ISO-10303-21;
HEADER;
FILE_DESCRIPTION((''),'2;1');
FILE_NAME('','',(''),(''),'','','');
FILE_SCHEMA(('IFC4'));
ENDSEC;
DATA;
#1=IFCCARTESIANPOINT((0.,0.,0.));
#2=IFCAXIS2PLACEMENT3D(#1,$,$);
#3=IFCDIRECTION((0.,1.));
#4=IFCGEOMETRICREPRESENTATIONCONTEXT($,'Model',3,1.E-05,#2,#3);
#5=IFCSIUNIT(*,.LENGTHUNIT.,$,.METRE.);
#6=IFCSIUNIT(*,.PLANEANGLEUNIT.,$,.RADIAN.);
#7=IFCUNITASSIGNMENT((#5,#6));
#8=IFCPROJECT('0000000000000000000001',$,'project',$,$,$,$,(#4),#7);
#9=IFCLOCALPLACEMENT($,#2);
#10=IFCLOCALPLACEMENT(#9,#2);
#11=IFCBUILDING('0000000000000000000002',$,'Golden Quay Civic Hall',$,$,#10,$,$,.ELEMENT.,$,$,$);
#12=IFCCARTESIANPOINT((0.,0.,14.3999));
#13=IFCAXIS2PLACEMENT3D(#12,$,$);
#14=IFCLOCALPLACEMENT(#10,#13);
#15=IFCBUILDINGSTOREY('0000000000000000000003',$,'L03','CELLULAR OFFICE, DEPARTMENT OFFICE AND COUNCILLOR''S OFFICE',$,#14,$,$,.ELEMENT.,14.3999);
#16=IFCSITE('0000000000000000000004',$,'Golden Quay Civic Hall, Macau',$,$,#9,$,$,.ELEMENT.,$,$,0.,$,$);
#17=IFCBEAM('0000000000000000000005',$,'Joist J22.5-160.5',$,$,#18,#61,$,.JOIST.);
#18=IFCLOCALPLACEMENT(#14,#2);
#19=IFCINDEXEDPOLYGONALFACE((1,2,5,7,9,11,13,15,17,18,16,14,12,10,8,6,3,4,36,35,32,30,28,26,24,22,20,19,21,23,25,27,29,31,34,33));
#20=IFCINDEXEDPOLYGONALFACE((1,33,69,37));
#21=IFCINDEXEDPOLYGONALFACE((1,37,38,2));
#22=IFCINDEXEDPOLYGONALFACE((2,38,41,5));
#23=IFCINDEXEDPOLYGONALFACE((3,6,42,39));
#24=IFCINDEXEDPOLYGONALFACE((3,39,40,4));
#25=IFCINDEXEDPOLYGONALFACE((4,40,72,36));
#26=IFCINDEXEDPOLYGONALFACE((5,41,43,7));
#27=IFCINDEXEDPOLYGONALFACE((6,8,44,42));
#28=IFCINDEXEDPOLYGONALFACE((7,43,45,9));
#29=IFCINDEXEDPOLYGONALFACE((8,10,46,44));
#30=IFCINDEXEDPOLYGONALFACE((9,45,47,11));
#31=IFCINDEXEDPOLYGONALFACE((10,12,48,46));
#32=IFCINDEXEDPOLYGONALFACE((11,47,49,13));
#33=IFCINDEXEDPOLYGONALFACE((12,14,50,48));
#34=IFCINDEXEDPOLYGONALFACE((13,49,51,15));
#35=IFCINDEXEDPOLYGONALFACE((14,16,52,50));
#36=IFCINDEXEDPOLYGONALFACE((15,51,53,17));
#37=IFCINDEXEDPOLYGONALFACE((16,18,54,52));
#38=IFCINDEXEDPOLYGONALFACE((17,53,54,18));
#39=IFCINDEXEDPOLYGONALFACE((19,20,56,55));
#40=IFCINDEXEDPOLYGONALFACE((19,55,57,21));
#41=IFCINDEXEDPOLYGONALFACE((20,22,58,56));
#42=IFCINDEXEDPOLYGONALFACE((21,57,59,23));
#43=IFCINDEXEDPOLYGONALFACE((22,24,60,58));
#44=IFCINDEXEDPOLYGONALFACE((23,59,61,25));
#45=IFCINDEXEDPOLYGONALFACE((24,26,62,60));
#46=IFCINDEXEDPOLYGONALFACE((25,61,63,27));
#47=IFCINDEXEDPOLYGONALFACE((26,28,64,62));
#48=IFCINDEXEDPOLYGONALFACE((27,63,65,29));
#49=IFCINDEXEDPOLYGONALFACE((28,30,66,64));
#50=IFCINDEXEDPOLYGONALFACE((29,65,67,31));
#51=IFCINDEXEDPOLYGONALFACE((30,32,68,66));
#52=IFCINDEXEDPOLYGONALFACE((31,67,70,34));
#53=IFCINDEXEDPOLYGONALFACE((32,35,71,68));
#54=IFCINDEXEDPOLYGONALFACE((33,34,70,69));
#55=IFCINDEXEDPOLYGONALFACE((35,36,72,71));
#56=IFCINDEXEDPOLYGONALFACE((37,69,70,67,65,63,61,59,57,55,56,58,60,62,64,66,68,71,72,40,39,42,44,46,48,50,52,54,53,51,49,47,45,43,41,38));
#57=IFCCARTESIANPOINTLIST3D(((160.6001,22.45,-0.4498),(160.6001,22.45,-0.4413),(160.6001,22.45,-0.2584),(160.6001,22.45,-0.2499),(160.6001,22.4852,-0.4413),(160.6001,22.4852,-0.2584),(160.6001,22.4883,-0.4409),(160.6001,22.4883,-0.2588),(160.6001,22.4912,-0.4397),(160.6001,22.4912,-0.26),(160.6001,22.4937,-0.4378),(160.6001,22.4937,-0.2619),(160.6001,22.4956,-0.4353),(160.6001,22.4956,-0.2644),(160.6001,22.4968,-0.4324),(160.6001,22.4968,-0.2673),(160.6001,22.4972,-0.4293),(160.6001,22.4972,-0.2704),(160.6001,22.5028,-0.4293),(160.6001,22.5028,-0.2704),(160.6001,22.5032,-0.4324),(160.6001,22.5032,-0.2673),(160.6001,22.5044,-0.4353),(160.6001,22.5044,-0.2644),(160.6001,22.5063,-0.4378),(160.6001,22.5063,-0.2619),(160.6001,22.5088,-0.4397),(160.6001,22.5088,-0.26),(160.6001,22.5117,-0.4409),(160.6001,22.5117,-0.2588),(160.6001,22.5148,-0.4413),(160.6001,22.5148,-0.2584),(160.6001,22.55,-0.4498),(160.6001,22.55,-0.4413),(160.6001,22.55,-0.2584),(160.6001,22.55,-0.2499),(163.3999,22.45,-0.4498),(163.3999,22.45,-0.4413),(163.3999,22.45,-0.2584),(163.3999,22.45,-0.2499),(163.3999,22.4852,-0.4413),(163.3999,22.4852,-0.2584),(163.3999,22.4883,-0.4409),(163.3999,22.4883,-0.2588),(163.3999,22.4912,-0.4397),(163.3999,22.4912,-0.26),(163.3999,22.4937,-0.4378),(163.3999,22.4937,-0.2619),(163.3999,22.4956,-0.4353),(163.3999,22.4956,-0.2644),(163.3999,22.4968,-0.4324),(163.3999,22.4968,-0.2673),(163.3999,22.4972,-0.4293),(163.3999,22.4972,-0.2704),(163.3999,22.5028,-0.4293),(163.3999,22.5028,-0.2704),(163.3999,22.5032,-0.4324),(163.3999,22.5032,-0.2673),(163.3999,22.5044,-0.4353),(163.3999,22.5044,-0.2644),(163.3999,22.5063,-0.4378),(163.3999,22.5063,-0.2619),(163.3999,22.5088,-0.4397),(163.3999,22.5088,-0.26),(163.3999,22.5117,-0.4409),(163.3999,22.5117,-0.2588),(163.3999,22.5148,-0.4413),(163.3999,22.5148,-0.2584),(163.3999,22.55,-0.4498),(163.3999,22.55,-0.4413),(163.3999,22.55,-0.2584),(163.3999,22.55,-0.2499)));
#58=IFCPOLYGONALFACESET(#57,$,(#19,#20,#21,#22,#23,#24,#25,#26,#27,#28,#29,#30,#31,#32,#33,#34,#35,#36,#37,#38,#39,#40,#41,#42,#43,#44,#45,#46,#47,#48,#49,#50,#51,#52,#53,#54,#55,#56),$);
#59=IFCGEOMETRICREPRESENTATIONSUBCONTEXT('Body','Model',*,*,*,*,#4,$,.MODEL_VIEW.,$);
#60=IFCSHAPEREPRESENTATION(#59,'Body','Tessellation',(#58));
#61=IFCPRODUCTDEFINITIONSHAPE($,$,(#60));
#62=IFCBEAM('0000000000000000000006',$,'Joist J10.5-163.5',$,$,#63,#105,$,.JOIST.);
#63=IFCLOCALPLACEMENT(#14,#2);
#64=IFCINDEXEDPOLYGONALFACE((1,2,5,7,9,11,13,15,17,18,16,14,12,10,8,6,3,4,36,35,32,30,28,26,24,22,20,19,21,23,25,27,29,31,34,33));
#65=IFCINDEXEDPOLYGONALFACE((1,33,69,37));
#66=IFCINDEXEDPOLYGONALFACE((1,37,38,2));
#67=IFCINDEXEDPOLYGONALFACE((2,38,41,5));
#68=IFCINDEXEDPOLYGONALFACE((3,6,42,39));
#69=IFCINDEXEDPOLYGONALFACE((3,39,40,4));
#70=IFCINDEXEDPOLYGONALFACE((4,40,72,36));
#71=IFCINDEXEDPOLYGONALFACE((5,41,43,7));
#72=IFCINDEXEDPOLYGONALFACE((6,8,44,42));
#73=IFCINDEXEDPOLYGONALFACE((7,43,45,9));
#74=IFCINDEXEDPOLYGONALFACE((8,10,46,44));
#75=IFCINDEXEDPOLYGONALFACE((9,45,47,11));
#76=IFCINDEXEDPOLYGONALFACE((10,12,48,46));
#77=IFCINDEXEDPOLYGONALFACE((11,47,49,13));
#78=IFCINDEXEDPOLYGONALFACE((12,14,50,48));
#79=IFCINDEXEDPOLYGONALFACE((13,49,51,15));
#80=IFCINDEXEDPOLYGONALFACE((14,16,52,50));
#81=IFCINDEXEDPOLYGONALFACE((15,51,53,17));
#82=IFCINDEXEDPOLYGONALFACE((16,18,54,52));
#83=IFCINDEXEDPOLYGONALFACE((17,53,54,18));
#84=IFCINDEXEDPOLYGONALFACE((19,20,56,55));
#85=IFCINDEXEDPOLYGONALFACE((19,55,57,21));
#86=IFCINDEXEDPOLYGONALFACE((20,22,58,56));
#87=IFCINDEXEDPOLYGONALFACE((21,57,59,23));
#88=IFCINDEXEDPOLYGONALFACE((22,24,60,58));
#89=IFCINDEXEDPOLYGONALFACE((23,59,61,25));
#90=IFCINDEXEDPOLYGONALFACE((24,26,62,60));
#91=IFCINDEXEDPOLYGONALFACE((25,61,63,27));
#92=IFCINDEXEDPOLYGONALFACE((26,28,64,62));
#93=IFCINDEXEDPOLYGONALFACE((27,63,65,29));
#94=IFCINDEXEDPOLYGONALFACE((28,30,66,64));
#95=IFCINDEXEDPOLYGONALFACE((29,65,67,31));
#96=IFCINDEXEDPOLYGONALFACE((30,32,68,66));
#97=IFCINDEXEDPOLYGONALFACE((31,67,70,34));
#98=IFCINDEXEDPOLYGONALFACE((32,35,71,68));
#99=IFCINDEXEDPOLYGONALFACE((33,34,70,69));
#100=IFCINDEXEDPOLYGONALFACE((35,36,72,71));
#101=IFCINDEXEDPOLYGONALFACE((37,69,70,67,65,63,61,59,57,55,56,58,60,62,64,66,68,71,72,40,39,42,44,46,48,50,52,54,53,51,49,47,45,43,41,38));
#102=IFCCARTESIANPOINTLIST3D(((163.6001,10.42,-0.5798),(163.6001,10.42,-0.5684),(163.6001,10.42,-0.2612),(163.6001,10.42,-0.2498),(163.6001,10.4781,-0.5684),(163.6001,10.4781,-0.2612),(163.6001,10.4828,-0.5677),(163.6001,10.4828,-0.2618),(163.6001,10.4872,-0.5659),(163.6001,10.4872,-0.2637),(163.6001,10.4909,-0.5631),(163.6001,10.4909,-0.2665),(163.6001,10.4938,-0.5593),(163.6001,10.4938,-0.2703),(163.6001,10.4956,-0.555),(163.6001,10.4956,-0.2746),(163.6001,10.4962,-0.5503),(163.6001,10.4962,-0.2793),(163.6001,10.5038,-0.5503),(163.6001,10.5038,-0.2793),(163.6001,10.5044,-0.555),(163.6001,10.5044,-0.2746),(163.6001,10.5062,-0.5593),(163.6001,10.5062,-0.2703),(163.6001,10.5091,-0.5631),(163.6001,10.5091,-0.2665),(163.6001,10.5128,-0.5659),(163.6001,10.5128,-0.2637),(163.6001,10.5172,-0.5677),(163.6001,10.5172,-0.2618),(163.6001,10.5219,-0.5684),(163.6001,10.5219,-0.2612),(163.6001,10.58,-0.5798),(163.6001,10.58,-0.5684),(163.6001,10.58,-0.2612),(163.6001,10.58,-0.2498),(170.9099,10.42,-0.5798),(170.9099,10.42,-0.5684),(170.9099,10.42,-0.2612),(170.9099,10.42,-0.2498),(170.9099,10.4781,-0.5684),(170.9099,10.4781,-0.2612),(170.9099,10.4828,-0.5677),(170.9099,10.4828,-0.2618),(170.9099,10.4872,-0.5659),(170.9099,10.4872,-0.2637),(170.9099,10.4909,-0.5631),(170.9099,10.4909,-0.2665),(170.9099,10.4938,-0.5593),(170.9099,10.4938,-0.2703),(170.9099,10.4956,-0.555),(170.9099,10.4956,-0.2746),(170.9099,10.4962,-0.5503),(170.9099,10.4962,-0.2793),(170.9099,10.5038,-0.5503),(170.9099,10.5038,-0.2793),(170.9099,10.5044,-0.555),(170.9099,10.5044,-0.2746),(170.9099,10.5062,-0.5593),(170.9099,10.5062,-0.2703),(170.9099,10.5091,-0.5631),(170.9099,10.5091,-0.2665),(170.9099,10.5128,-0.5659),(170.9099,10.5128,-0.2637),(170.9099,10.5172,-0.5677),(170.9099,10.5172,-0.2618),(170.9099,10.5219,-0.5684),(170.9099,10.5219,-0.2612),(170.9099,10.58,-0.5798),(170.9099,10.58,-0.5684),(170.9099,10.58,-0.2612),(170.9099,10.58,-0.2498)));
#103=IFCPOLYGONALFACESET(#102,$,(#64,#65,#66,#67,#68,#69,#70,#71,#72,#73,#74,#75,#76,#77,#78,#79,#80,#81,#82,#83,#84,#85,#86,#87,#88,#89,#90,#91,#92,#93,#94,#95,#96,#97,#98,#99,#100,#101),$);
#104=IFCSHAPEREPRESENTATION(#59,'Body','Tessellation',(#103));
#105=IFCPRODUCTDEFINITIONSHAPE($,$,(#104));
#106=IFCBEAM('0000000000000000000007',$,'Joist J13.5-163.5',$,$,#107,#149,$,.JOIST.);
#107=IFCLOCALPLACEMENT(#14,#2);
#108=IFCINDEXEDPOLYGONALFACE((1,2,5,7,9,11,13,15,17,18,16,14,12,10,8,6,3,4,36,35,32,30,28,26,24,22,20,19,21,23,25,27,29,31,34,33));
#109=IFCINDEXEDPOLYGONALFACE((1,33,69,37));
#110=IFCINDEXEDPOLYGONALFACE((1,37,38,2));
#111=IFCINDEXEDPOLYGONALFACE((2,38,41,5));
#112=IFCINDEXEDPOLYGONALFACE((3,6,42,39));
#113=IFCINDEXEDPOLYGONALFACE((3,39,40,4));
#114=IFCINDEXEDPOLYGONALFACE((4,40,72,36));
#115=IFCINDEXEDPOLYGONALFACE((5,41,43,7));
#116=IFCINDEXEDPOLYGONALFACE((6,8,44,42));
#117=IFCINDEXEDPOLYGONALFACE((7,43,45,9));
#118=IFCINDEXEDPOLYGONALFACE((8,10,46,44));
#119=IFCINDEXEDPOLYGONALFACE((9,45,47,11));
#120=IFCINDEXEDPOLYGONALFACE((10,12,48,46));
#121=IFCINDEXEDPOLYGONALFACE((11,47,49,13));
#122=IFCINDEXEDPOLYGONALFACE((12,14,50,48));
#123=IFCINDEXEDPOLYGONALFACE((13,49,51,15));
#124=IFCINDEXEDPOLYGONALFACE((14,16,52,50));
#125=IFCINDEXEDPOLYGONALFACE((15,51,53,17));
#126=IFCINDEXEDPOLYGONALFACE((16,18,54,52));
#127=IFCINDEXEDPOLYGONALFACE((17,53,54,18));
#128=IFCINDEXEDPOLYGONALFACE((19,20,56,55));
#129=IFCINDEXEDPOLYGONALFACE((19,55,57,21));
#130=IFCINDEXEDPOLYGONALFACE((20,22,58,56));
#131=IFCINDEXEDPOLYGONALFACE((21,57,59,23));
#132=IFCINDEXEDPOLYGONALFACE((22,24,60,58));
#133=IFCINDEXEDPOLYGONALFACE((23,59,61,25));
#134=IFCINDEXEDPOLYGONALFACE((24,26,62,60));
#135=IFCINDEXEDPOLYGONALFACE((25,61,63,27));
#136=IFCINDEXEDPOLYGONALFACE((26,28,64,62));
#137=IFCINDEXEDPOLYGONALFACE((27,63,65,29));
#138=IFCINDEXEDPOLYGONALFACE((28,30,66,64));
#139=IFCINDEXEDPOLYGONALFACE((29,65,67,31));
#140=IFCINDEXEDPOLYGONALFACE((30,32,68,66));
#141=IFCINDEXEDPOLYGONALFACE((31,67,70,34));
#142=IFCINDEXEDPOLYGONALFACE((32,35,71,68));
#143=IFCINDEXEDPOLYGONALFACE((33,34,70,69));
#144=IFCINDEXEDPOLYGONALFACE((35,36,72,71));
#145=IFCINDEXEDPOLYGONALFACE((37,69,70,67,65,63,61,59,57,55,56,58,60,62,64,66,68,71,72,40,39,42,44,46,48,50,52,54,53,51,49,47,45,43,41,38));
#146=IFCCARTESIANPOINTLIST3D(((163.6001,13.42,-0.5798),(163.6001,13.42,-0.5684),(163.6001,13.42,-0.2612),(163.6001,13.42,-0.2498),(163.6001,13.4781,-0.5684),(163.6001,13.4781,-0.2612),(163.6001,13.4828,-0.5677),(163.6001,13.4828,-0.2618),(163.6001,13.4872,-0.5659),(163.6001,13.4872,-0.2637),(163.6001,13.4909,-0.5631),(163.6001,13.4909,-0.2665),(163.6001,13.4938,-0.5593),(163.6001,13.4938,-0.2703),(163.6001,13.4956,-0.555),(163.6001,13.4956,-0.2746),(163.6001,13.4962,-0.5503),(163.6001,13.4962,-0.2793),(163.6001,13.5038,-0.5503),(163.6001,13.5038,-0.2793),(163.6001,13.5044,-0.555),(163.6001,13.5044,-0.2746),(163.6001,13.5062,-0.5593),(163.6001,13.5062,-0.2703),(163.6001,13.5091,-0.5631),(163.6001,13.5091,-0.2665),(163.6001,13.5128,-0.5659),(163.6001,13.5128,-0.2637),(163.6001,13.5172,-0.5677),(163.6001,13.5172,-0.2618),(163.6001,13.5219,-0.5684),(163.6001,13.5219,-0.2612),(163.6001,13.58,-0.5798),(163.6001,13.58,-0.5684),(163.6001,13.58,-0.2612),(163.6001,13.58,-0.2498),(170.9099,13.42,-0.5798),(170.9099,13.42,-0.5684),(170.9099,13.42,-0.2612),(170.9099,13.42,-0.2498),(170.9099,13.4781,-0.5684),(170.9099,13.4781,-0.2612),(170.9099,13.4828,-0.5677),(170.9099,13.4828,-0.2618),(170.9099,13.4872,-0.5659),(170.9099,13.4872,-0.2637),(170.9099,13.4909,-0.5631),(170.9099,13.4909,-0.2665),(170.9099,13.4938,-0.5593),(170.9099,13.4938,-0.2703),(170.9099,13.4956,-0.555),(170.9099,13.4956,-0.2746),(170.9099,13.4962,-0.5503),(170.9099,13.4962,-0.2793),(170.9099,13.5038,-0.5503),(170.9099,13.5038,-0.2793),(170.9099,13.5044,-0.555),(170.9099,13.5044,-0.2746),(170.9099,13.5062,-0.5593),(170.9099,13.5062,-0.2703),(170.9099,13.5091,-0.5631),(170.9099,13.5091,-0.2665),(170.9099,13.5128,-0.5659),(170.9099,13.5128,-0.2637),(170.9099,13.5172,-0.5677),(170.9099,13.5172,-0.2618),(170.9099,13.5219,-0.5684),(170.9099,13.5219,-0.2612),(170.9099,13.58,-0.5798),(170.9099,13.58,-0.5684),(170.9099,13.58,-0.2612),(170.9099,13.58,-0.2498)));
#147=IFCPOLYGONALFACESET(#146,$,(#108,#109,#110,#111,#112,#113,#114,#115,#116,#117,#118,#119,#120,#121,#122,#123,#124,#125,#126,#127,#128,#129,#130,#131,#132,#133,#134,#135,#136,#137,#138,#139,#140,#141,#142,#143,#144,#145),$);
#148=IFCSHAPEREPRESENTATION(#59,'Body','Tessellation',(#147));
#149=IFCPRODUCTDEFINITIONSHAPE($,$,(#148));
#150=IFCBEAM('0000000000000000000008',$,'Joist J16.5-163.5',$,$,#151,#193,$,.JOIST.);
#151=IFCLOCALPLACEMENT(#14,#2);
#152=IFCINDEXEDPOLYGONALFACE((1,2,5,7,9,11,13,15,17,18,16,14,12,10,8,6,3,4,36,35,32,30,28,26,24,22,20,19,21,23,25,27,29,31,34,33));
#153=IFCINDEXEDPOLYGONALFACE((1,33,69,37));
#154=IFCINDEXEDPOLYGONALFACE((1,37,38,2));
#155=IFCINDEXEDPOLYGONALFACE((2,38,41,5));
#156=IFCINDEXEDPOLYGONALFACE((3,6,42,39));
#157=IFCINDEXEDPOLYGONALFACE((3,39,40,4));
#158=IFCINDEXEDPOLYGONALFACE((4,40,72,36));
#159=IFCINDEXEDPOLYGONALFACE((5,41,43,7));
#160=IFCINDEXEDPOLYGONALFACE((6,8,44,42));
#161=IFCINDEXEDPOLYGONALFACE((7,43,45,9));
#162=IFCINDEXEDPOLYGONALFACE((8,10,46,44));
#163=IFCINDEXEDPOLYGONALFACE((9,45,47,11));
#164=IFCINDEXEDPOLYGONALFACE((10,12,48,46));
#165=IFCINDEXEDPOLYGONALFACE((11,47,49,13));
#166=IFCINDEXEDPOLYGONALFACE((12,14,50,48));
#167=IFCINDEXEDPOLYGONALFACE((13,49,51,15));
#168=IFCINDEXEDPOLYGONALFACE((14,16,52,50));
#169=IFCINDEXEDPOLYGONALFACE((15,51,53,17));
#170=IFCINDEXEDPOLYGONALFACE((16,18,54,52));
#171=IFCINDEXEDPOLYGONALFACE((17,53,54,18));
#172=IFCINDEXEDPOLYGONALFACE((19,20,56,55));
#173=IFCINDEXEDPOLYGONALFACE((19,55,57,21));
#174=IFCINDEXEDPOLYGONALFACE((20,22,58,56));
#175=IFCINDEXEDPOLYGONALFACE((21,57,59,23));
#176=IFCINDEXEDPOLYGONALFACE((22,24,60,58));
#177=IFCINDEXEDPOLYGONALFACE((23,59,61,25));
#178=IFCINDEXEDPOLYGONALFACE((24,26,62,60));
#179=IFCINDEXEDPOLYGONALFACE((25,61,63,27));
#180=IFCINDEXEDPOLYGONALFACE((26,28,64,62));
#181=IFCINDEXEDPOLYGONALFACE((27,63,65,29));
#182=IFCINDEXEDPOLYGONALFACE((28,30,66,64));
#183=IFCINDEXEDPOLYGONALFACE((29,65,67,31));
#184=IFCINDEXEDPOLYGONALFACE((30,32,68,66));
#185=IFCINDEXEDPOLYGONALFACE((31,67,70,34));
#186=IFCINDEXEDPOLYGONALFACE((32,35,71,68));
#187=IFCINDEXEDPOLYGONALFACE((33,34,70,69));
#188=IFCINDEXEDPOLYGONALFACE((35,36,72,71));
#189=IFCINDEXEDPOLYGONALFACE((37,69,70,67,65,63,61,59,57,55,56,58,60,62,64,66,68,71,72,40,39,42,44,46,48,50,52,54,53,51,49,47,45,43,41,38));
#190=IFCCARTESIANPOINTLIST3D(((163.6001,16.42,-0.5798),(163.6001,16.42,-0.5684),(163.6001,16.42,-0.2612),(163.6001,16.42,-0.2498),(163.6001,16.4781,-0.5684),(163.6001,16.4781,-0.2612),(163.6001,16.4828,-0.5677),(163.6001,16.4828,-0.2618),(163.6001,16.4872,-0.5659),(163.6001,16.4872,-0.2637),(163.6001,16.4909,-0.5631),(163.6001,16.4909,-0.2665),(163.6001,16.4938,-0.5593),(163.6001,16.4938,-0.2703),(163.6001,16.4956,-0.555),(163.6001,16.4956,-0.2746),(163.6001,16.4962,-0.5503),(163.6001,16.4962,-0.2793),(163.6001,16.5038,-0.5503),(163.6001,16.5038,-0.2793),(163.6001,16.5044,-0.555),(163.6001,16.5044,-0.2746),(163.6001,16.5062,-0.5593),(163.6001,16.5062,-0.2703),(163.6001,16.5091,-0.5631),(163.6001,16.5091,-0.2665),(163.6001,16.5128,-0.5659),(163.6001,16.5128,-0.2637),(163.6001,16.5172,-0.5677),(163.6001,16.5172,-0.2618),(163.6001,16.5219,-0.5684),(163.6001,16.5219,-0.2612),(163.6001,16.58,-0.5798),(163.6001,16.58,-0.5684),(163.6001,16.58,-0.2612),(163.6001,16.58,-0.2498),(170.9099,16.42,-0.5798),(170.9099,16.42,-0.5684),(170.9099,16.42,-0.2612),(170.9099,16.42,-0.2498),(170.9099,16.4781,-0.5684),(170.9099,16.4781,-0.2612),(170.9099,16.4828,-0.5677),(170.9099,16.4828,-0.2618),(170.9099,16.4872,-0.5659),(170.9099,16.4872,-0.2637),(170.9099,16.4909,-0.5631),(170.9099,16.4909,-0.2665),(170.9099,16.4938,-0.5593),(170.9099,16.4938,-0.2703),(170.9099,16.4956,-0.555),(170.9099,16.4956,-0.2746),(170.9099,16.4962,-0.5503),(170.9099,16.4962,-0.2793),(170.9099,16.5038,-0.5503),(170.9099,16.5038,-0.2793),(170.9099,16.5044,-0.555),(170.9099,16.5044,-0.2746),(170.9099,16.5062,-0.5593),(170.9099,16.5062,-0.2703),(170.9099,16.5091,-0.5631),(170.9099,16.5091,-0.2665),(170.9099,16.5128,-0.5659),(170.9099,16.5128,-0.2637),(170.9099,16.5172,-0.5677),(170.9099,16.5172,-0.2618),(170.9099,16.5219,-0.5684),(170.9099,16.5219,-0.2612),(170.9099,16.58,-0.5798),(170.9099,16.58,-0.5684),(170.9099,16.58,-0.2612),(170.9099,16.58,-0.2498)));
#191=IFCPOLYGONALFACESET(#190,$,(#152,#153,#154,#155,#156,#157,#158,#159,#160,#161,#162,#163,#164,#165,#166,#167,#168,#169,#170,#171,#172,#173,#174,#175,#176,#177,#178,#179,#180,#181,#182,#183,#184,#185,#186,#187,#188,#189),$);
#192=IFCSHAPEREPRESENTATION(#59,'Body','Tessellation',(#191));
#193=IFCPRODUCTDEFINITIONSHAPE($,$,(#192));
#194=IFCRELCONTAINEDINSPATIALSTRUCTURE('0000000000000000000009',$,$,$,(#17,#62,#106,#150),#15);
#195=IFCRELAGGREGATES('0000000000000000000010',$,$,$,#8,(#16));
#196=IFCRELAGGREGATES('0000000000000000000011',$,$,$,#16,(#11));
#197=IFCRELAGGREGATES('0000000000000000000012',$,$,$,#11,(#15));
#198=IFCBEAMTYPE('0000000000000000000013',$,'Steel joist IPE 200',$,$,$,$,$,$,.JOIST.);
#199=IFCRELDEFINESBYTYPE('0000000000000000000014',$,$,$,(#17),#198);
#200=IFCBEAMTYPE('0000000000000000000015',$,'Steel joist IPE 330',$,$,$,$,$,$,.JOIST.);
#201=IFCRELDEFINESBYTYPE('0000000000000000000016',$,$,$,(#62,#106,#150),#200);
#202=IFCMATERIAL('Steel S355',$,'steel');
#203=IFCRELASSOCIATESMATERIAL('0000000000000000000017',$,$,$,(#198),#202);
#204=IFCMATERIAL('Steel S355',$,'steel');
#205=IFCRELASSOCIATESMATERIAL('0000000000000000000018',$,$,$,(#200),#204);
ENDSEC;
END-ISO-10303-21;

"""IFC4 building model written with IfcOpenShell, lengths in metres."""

from ifc_helpers import new_model, si_unit, direction, frame, origin, origin_2d, place, context, subcontext, project, spatial, i_section, extrude, material, material_profile, profile_set, type_object, element, save


model = new_model("IFC4")

# Units and contexts
model_context = context("Model", 3, precision=1e-05, world=origin(), true_north=direction((0.0, 1.0)))
body_context = subcontext(model_context, "Body", "Model", "MODEL_VIEW")
ifc_project = project(units=[si_unit("LENGTHUNIT", "METRE"), si_unit("PLANEANGLEUNIT", "RADIAN")], contexts=[model_context])

# Site, building, storey
site_placement = place(None, origin())
site = spatial("IfcSite", under=ifc_project, at=site_placement, Name="Golden Quay Civic Hall, Macau", CompositionType="ELEMENT", RefElevation=0.0)
building_placement = place(site_placement, origin())
building = spatial("IfcBuilding", under=site, at=building_placement, Name="Golden Quay Civic Hall", CompositionType="ELEMENT")
storey_placement = place(building_placement, frame((0.0, 0.0, 14.3999)))
storey = spatial("IfcBuildingStorey", under=building, at=storey_placement, Name="L03", Description="CELLULAR OFFICE, DEPARTMENT OFFICE AND COUNCILLOR'S OFFICE", CompositionType="ELEMENT", Elevation=14.3999)

# Beams
ifc_material_1 = material(Name="Steel S355", Category="steel")
ifc_material_profile_1 = material_profile(ifc_material_1, i_section(OverallWidth=0.1001, OverallDepth=0.2, WebThickness=0.0056, FlangeThickness=0.0085, FilletRadius=0.012, at=origin_2d()), Name="IPE 200")
ifc_profile_set_1 = profile_set([ifc_material_profile_1], Name="Steel S355")
beam_type_1 = type_object("IfcBeamType", Name="Steel joist IPE 200", PredefinedType="JOIST", material=ifc_profile_set_1)
for number, where, z_axis, x_axis, name in (
    (1, (160.6001, 22.5, -0.3499), (1.0, 0.0, 0.0), (0.0, 1.0, 0.0), "Joist J22.5-160.5"),
):
    element("IfcBeam", number, at=place(storey_placement, frame(where, z_axis=z_axis, x_axis=x_axis)), inside=storey, type_object=beam_type_1, Name=name, PredefinedType="JOIST", context=body_context, shape_type="SweptSolid", body=[
        extrude(i_section(OverallWidth=0.1001, OverallDepth=0.2, WebThickness=0.0056, FlangeThickness=0.0085, FilletRadius=0.012, at=origin_2d()), origin(), (0.0, 0.0, 1.0), 2.7998),
    ])
ifc_material_2 = material(Name="Steel S355", Category="steel")
ifc_material_profile_2 = material_profile(ifc_material_2, i_section(OverallWidth=0.1599, OverallDepth=0.3301, WebThickness=0.0076, FlangeThickness=0.0115, FilletRadius=0.0181, at=origin_2d()), Name="IPE 330")
ifc_profile_set_2 = profile_set([ifc_material_profile_2], Name="Steel S355")
beam_type_2 = type_object("IfcBeamType", Name="Steel joist IPE 330", PredefinedType="JOIST", material=ifc_profile_set_2)
for number, where, z_axis, x_axis, name in (
    (2, (163.6001, 10.5, -0.4148), (1.0, 0.0, 0.0), (0.0, 1.0, 0.0), "Joist J10.5-163.5"),
    (3, (163.6001, 13.5, -0.4148), (1.0, 0.0, 0.0), (0.0, 1.0, 0.0), "Joist J13.5-163.5"),
    (4, (163.6001, 16.5, -0.4148), (1.0, 0.0, 0.0), (0.0, 1.0, 0.0), "Joist J16.5-163.5"),
):
    element("IfcBeam", number, at=place(storey_placement, frame(where, z_axis=z_axis, x_axis=x_axis)), inside=storey, type_object=beam_type_2, Name=name, PredefinedType="JOIST", context=body_context, shape_type="SweptSolid", body=[
        extrude(i_section(OverallWidth=0.1599, OverallDepth=0.3301, WebThickness=0.0076, FlangeThickness=0.0115, FilletRadius=0.0181, at=origin_2d()), origin(), (0.0, 0.0, 1.0), 7.3098),
    ])

save(model, "model.ifc")
